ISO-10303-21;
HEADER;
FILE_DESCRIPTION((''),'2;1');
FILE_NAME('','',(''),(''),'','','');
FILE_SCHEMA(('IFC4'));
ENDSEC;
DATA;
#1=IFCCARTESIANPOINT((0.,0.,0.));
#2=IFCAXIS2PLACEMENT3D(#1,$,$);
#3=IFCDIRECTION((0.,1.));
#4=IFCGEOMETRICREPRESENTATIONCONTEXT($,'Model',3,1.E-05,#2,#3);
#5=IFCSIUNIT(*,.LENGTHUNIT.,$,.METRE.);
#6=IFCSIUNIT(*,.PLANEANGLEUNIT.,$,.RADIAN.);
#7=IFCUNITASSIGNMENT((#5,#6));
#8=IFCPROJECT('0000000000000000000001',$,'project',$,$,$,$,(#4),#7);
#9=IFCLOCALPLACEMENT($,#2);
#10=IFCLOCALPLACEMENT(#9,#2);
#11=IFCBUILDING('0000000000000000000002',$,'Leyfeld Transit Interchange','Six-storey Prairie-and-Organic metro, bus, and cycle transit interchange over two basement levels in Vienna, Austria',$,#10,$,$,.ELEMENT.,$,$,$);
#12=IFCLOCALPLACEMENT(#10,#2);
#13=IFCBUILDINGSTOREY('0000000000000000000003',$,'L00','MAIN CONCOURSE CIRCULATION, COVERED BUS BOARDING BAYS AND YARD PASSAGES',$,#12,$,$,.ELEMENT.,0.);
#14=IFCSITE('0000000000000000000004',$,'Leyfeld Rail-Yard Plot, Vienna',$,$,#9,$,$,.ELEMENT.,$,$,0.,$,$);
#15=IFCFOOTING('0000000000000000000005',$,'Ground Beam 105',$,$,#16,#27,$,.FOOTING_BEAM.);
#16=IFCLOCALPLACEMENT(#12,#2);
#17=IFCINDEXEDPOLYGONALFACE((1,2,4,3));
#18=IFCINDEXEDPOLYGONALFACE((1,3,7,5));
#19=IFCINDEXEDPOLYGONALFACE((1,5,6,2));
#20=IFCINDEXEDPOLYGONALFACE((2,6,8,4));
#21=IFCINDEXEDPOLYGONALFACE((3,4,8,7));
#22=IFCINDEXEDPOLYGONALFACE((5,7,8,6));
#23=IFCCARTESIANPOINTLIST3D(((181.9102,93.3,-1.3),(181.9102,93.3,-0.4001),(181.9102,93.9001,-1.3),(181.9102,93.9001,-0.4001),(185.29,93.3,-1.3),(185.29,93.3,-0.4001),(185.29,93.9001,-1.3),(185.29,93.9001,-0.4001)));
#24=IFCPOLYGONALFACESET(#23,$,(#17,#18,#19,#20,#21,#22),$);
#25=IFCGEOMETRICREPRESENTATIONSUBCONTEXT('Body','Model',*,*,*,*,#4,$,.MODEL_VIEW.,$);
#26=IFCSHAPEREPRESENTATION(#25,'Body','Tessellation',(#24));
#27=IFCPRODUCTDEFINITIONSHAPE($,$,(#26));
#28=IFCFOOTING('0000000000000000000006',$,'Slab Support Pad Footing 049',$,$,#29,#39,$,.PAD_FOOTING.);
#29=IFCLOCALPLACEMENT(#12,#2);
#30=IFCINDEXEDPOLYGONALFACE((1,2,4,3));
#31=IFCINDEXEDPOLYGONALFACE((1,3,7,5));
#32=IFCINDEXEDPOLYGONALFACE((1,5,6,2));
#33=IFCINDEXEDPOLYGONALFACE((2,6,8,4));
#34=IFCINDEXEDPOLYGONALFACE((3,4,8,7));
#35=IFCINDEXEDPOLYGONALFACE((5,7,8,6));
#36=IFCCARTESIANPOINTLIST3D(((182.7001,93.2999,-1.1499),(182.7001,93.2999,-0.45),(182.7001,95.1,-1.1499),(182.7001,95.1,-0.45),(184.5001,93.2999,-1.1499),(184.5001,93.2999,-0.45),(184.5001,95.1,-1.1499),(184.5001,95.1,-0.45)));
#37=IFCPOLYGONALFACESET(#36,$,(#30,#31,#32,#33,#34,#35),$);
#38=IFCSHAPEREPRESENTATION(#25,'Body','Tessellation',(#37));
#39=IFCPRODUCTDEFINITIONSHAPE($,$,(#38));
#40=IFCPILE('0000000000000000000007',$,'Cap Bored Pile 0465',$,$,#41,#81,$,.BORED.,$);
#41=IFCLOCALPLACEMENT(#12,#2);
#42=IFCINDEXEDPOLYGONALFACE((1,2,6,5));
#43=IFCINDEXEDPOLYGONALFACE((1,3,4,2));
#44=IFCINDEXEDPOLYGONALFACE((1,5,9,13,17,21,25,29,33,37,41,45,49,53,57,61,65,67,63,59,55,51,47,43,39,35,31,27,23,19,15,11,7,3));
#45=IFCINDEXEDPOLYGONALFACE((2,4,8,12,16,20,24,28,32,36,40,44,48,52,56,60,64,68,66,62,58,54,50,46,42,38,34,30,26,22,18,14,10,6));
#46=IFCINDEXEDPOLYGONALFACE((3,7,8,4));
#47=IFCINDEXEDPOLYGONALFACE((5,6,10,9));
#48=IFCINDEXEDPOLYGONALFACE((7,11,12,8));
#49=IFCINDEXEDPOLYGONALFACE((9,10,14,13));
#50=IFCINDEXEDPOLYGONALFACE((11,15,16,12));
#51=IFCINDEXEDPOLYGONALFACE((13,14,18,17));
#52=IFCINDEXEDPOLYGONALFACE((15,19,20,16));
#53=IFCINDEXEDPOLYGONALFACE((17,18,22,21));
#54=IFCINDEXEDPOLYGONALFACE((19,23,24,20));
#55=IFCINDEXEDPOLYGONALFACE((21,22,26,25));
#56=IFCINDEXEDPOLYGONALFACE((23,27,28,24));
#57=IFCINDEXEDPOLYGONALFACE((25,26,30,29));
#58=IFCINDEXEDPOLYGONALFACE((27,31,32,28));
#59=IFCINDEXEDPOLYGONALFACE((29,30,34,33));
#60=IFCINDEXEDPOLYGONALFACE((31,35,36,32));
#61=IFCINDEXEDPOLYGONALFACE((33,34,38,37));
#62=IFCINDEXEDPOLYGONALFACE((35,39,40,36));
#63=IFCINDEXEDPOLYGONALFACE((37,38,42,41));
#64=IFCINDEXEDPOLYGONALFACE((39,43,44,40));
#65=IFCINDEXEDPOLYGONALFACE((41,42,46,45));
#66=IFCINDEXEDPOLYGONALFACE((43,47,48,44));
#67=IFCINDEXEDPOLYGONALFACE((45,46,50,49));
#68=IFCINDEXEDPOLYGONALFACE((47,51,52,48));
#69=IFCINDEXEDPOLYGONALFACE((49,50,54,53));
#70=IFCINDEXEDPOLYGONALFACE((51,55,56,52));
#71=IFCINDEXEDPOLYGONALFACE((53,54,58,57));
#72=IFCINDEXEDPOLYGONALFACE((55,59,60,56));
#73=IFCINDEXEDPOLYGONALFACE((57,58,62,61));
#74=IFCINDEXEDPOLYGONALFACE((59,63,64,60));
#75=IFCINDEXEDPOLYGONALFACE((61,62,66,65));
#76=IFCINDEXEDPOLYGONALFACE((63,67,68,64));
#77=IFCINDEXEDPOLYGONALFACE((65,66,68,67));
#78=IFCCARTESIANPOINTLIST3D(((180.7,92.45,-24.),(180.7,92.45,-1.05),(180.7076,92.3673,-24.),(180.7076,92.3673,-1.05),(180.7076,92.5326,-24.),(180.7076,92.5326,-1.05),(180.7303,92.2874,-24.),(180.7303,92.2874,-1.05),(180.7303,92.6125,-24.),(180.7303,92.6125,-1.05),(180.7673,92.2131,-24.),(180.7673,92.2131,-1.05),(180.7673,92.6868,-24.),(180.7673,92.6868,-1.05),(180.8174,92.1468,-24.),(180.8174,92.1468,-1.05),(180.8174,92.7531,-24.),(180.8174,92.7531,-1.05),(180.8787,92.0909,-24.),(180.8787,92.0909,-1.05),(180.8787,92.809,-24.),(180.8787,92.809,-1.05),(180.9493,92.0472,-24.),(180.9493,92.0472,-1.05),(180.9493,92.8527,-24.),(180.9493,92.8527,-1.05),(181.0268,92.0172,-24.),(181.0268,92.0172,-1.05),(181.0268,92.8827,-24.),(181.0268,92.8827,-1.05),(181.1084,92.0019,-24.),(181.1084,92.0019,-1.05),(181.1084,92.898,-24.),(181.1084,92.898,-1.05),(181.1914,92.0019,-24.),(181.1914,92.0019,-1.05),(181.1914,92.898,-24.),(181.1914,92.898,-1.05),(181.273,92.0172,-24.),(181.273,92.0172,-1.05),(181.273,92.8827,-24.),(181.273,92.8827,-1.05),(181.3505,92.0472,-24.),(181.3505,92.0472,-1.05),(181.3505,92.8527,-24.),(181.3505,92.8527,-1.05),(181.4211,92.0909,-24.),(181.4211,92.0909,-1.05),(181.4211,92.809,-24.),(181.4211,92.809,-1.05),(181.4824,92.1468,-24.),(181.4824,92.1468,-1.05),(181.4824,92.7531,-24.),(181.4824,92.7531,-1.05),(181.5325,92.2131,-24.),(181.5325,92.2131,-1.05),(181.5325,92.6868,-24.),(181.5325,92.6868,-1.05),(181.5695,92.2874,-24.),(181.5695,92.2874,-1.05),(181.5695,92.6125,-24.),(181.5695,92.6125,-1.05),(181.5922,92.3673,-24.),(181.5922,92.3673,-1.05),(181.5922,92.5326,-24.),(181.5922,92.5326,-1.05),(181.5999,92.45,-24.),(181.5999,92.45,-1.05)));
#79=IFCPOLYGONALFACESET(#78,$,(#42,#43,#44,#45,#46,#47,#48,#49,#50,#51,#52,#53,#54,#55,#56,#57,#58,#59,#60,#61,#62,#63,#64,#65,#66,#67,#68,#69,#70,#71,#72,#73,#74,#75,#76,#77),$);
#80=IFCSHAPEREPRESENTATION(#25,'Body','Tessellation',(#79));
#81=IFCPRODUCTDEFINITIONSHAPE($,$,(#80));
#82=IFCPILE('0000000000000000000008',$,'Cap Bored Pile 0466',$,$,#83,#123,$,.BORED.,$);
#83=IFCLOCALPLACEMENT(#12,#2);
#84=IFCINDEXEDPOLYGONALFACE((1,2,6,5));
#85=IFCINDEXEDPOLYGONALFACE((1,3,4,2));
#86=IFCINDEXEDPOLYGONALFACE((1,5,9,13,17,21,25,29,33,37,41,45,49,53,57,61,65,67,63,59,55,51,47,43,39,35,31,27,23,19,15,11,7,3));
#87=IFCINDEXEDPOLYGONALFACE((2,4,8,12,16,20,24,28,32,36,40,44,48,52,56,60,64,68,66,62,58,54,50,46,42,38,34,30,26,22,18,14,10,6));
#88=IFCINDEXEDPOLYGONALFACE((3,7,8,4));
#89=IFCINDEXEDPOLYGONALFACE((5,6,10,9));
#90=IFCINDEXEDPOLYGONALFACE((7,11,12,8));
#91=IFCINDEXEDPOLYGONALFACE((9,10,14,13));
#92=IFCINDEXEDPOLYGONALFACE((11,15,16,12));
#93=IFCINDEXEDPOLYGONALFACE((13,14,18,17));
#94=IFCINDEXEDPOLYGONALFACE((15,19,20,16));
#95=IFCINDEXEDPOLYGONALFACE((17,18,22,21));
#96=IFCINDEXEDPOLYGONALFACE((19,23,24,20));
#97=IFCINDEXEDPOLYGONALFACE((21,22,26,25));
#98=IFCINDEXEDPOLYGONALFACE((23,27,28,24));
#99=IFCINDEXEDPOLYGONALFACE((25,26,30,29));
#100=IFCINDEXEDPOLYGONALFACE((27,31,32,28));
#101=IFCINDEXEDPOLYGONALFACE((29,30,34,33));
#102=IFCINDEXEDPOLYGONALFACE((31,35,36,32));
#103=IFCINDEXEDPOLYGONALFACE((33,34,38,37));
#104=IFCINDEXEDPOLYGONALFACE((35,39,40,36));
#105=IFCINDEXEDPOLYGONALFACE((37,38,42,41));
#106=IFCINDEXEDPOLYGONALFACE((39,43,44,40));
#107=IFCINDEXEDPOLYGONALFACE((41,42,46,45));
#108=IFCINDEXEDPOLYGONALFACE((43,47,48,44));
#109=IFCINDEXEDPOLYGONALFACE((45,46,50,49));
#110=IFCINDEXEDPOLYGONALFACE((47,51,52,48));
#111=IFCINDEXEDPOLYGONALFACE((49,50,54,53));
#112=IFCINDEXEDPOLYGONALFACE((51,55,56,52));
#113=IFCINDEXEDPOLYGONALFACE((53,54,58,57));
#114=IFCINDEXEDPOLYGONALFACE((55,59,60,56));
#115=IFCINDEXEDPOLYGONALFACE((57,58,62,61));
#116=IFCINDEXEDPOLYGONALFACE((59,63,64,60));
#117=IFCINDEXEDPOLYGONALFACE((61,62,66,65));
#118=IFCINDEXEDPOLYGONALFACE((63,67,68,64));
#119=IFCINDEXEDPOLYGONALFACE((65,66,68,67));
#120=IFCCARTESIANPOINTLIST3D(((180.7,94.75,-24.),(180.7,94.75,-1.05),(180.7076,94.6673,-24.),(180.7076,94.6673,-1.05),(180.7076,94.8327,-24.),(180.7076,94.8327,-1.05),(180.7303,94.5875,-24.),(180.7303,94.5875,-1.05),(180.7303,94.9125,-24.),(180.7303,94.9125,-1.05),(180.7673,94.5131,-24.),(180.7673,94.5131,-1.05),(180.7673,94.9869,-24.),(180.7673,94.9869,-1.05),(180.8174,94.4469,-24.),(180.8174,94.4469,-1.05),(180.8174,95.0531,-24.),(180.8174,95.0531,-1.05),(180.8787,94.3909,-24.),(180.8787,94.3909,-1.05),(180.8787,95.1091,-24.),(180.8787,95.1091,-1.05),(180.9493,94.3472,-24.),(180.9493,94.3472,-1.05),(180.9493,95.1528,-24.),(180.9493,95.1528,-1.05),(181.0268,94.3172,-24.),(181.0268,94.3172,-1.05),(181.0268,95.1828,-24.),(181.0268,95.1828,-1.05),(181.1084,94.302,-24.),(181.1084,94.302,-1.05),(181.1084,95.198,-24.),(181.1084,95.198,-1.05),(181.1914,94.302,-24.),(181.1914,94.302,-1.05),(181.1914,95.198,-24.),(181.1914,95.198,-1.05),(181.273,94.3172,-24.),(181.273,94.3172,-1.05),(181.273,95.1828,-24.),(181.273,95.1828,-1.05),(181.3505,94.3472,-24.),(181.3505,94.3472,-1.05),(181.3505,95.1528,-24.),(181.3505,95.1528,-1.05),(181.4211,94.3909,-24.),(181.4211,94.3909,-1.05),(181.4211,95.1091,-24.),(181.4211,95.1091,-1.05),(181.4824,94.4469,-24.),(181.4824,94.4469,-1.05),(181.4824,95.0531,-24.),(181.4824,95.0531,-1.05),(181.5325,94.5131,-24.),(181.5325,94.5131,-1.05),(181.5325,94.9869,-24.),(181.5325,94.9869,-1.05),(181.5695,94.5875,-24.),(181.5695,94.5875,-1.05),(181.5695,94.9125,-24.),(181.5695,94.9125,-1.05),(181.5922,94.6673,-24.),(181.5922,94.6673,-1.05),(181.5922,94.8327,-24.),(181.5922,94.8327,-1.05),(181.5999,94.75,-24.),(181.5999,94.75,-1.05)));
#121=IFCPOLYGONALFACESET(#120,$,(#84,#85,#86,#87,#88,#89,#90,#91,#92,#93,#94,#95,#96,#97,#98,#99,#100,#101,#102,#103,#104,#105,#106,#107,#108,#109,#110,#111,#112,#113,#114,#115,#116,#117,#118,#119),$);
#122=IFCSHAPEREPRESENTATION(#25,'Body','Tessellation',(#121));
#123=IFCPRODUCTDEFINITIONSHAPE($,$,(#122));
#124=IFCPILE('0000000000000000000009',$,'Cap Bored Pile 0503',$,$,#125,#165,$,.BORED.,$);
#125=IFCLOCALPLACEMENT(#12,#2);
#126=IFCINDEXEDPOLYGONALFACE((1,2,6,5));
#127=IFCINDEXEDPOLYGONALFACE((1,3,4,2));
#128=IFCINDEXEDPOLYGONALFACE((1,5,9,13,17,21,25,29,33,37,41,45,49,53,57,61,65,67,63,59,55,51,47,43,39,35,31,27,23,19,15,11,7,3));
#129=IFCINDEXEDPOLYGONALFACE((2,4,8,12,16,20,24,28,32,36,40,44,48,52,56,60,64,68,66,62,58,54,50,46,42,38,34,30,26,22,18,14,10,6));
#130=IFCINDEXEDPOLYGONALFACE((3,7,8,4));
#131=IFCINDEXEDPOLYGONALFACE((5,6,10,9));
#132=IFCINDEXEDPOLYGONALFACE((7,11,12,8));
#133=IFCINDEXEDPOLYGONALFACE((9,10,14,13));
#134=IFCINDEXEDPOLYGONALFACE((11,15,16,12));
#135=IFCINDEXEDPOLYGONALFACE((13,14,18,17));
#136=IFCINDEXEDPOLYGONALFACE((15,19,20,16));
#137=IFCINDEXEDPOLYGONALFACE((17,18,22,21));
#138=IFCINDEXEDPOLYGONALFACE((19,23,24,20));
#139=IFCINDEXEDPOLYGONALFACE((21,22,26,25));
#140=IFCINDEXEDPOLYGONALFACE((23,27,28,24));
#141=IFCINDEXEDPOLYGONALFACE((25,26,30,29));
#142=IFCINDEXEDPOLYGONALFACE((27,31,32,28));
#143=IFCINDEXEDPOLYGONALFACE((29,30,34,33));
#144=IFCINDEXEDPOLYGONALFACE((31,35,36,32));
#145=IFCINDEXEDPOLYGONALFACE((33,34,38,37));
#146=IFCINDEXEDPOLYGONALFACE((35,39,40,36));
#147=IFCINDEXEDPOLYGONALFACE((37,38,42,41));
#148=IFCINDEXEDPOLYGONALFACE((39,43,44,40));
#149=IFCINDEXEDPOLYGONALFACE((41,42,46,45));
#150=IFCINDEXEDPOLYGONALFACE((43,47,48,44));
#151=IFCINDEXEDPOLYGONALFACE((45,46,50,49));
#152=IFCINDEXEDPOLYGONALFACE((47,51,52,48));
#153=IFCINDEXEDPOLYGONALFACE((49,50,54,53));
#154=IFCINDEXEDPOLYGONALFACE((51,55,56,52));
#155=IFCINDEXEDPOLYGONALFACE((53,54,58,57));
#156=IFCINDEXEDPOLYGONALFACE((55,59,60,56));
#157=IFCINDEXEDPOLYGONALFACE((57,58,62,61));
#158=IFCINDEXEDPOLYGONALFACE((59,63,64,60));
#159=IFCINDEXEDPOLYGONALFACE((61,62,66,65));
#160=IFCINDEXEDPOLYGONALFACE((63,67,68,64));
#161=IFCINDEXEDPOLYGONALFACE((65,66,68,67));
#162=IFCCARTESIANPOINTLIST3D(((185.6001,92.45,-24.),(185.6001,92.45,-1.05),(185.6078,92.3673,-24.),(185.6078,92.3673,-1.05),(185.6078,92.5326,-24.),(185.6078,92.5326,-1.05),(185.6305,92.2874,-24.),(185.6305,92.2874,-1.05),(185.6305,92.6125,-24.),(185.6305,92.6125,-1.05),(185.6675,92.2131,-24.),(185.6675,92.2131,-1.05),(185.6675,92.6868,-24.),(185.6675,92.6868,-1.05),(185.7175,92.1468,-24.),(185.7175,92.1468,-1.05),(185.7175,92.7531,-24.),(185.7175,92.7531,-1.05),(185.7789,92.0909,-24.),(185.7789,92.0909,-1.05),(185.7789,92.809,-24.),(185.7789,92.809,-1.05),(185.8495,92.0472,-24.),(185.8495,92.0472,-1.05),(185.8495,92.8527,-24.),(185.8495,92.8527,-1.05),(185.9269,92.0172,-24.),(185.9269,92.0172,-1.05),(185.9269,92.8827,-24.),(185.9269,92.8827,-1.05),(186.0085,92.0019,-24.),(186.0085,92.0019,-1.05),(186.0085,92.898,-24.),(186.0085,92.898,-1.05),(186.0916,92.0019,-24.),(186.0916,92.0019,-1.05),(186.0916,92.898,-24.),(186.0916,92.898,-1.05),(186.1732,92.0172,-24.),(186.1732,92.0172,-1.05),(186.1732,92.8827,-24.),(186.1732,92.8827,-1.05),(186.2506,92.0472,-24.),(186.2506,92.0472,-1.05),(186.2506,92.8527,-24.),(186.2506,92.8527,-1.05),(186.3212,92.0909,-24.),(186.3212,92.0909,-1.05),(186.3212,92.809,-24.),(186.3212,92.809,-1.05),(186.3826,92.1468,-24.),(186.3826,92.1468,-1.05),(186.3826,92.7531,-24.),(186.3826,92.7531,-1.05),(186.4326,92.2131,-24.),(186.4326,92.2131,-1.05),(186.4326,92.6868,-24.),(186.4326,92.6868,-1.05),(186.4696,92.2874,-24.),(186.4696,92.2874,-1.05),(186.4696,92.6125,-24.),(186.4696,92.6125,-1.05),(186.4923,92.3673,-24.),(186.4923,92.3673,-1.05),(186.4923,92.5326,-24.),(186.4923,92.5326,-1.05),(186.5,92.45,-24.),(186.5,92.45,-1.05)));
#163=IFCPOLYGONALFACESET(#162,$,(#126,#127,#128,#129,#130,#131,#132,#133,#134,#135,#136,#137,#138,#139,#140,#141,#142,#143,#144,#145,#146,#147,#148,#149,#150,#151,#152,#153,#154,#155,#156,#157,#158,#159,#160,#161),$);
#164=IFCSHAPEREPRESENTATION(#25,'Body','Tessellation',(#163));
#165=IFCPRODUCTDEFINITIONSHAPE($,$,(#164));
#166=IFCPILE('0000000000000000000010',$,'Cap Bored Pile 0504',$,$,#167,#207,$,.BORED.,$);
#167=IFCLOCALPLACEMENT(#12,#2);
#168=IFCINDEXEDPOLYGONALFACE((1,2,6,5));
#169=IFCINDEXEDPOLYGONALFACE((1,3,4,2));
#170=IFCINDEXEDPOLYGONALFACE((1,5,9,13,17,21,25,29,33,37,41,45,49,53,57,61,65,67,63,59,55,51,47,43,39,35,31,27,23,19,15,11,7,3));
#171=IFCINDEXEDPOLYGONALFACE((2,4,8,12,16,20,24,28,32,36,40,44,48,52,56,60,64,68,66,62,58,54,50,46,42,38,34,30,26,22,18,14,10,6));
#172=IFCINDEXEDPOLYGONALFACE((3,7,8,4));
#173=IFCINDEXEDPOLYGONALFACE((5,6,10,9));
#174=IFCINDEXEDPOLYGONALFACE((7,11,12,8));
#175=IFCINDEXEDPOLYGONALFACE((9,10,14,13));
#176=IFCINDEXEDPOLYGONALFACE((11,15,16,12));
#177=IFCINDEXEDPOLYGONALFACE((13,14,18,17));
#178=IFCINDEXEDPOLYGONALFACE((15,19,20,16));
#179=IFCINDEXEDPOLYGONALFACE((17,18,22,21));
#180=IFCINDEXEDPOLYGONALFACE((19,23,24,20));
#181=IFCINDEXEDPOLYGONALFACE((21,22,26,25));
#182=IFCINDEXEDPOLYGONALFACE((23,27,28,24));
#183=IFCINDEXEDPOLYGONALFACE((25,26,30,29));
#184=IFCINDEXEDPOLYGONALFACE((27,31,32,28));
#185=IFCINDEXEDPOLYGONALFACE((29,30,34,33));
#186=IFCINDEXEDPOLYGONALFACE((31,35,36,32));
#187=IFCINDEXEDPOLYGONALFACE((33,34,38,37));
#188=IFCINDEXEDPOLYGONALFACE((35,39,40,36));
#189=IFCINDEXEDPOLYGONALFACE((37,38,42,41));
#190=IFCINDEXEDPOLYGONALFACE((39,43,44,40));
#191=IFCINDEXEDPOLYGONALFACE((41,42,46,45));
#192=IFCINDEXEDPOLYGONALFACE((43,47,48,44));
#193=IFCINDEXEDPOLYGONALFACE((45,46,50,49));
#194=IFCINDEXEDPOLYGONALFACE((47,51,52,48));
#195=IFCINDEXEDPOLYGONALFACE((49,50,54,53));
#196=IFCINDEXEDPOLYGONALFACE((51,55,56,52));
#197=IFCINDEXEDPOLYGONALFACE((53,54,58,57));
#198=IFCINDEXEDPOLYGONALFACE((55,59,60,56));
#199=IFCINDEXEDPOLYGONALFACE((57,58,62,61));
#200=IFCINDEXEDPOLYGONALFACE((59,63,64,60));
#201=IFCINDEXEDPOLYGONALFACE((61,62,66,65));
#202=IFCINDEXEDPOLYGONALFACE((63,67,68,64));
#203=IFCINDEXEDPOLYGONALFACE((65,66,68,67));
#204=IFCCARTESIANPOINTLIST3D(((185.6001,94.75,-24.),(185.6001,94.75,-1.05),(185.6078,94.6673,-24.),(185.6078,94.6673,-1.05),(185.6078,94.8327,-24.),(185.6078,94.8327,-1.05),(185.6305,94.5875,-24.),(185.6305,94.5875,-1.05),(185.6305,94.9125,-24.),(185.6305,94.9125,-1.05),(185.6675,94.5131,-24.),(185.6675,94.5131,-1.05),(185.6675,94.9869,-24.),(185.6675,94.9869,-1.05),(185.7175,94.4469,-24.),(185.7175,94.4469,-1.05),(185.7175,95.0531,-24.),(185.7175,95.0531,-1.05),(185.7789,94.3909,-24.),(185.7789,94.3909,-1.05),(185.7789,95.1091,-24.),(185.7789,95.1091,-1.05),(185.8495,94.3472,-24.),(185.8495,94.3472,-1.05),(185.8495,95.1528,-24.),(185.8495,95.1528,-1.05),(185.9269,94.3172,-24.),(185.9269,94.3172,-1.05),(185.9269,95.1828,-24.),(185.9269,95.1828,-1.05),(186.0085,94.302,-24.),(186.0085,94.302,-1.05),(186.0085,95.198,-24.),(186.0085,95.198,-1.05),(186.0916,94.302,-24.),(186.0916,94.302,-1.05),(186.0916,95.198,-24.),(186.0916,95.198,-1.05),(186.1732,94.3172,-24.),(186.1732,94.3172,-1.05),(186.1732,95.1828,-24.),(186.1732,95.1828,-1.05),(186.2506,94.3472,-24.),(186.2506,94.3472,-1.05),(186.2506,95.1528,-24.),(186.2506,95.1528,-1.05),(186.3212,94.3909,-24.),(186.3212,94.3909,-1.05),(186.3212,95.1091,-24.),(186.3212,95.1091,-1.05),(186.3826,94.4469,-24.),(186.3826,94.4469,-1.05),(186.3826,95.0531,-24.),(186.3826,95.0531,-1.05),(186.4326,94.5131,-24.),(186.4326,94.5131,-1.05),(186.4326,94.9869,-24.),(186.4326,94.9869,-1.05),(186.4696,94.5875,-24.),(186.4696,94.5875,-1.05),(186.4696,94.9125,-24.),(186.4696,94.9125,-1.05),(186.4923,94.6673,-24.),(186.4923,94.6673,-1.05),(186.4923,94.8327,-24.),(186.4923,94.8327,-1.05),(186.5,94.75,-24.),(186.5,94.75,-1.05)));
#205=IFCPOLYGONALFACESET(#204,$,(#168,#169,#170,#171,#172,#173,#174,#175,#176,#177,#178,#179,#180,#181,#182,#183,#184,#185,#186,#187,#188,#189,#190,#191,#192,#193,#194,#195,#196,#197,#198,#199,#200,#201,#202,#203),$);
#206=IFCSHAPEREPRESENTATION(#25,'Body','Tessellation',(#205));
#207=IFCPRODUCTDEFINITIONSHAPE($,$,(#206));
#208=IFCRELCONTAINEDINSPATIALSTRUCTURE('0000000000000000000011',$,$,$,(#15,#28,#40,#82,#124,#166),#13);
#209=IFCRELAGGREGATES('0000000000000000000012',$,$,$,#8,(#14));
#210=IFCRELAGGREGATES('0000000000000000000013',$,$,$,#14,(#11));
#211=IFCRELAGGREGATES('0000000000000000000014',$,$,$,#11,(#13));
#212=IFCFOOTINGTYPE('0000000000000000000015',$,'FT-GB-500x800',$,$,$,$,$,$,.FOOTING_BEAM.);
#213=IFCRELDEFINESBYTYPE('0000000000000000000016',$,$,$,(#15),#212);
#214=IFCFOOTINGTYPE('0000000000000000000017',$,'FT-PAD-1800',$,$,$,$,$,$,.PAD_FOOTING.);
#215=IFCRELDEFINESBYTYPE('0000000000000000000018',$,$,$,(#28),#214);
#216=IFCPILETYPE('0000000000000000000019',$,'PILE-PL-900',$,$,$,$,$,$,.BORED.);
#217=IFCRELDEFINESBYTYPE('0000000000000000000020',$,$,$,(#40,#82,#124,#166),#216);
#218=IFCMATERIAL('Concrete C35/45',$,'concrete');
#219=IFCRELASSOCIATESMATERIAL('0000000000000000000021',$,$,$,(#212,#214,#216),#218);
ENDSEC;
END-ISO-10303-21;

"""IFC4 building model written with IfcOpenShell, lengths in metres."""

from ifc_helpers import new_model, si_unit, direction, frame, origin, origin_2d, place, context, subcontext, project, spatial, rectangle, circle, extrude, material, material_profile, profile_set, type_object, element, save


model = new_model("IFC4")

# Units and contexts
model_context = context("Model", 3, precision=1e-05, world=origin(), true_north=direction((0.0, 1.0)))
body_context = subcontext(model_context, "Body", "Model", "MODEL_VIEW")
ifc_project = project(units=[si_unit("LENGTHUNIT", "METRE"), si_unit("PLANEANGLEUNIT", "RADIAN")], contexts=[model_context])

# Site, building, storey
site_placement = place(None, origin())
site = spatial("IfcSite", under=ifc_project, at=site_placement, Name="Leyfeld Rail-Yard Plot, Vienna", CompositionType="ELEMENT", RefElevation=0.0)
building_placement = place(site_placement, origin())
building = spatial("IfcBuilding", under=site, at=building_placement, Name="Leyfeld Transit Interchange", Description="Six-storey Prairie-and-Organic metro, bus, and cycle transit interchange over two basement levels in Vienna, Austria", CompositionType="ELEMENT")
storey_placement = place(building_placement, origin())
storey = spatial("IfcBuildingStorey", under=building, at=storey_placement, Name="L00", Description="MAIN CONCOURSE CIRCULATION, COVERED BUS BOARDING BAYS AND YARD PASSAGES", CompositionType="ELEMENT", Elevation=0.0)

# Footings
ifc_material_1 = material(Name="Concrete C35/45", Category="concrete")
footing_type_1 = type_object("IfcFootingType", Name="FT-GB-500x800", PredefinedType="FOOTING_BEAM", material=ifc_material_1)
footing_1_placement = place(storey_placement, frame((183.6001, 93.6001, -1.3), z_axis=(0.0, 0.0, 1.0), x_axis=(1.0, 0.0, 0.0)))
element("IfcFooting", 1, at=footing_1_placement, inside=storey, type_object=footing_type_1, Name="Ground Beam 105", PredefinedType="FOOTING_BEAM", context=body_context, shape_type="SweptSolid", body=[
    extrude(rectangle(XDim=3.3799, YDim=0.6001, at=origin_2d()), origin(), (0.0, 0.0, 1.0), 0.8999),
])
footing_type_2 = type_object("IfcFootingType", Name="FT-PAD-1800", PredefinedType="PAD_FOOTING", material=ifc_material_1)
footing_2_placement = place(storey_placement, frame((183.6001, 94.2, -1.1499), z_axis=(0.0, 0.0, 1.0), x_axis=(1.0, 0.0, 0.0)))
element("IfcFooting", 2, at=footing_2_placement, inside=storey, type_object=footing_type_2, Name="Slab Support Pad Footing 049", PredefinedType="PAD_FOOTING", context=body_context, shape_type="SweptSolid", body=[
    extrude(rectangle(XDim=1.8, YDim=1.8, at=origin_2d()), origin(), (0.0, 0.0, 1.0), 0.7),
])

# Piles
ifc_material_profile_1 = material_profile(ifc_material_1, circle(Radius=0.45, at=origin_2d()), Name="PILE D900")
ifc_profile_set_1 = profile_set([ifc_material_profile_1], Name="Concrete C35/45")
pile_type = type_object("IfcPileType", Name="PILE-PL-900", PredefinedType="BORED", material=ifc_profile_set_1)
for number, where, z_axis, x_axis, name in (
    (3, (181.1499, 92.45, -1.05), (0.0, 0.0, -1.0), (1.0, 0.0, 0.0), "Cap Bored Pile 0465"),
    (4, (181.1499, 94.75, -1.05), (0.0, 0.0, -1.0), (1.0, 0.0, 0.0), "Cap Bored Pile 0466"),
    (5, (186.05, 92.45, -1.05), (0.0, 0.0, -1.0), (1.0, 0.0, 0.0), "Cap Bored Pile 0503"),
    (6, (186.05, 94.75, -1.05), (0.0, 0.0, -1.0), (1.0, 0.0, 0.0), "Cap Bored Pile 0504"),
):
    element("IfcPile", number, at=place(storey_placement, frame(where, z_axis=z_axis, x_axis=x_axis)), inside=storey, type_object=pile_type, Name=name, PredefinedType="BORED", context=body_context, shape_type="SweptSolid", body=[
        extrude(circle(Radius=0.45, at=origin_2d()), origin(), (0.0, 0.0, 1.0), 22.95),
    ])

save(model, "model.ifc")
